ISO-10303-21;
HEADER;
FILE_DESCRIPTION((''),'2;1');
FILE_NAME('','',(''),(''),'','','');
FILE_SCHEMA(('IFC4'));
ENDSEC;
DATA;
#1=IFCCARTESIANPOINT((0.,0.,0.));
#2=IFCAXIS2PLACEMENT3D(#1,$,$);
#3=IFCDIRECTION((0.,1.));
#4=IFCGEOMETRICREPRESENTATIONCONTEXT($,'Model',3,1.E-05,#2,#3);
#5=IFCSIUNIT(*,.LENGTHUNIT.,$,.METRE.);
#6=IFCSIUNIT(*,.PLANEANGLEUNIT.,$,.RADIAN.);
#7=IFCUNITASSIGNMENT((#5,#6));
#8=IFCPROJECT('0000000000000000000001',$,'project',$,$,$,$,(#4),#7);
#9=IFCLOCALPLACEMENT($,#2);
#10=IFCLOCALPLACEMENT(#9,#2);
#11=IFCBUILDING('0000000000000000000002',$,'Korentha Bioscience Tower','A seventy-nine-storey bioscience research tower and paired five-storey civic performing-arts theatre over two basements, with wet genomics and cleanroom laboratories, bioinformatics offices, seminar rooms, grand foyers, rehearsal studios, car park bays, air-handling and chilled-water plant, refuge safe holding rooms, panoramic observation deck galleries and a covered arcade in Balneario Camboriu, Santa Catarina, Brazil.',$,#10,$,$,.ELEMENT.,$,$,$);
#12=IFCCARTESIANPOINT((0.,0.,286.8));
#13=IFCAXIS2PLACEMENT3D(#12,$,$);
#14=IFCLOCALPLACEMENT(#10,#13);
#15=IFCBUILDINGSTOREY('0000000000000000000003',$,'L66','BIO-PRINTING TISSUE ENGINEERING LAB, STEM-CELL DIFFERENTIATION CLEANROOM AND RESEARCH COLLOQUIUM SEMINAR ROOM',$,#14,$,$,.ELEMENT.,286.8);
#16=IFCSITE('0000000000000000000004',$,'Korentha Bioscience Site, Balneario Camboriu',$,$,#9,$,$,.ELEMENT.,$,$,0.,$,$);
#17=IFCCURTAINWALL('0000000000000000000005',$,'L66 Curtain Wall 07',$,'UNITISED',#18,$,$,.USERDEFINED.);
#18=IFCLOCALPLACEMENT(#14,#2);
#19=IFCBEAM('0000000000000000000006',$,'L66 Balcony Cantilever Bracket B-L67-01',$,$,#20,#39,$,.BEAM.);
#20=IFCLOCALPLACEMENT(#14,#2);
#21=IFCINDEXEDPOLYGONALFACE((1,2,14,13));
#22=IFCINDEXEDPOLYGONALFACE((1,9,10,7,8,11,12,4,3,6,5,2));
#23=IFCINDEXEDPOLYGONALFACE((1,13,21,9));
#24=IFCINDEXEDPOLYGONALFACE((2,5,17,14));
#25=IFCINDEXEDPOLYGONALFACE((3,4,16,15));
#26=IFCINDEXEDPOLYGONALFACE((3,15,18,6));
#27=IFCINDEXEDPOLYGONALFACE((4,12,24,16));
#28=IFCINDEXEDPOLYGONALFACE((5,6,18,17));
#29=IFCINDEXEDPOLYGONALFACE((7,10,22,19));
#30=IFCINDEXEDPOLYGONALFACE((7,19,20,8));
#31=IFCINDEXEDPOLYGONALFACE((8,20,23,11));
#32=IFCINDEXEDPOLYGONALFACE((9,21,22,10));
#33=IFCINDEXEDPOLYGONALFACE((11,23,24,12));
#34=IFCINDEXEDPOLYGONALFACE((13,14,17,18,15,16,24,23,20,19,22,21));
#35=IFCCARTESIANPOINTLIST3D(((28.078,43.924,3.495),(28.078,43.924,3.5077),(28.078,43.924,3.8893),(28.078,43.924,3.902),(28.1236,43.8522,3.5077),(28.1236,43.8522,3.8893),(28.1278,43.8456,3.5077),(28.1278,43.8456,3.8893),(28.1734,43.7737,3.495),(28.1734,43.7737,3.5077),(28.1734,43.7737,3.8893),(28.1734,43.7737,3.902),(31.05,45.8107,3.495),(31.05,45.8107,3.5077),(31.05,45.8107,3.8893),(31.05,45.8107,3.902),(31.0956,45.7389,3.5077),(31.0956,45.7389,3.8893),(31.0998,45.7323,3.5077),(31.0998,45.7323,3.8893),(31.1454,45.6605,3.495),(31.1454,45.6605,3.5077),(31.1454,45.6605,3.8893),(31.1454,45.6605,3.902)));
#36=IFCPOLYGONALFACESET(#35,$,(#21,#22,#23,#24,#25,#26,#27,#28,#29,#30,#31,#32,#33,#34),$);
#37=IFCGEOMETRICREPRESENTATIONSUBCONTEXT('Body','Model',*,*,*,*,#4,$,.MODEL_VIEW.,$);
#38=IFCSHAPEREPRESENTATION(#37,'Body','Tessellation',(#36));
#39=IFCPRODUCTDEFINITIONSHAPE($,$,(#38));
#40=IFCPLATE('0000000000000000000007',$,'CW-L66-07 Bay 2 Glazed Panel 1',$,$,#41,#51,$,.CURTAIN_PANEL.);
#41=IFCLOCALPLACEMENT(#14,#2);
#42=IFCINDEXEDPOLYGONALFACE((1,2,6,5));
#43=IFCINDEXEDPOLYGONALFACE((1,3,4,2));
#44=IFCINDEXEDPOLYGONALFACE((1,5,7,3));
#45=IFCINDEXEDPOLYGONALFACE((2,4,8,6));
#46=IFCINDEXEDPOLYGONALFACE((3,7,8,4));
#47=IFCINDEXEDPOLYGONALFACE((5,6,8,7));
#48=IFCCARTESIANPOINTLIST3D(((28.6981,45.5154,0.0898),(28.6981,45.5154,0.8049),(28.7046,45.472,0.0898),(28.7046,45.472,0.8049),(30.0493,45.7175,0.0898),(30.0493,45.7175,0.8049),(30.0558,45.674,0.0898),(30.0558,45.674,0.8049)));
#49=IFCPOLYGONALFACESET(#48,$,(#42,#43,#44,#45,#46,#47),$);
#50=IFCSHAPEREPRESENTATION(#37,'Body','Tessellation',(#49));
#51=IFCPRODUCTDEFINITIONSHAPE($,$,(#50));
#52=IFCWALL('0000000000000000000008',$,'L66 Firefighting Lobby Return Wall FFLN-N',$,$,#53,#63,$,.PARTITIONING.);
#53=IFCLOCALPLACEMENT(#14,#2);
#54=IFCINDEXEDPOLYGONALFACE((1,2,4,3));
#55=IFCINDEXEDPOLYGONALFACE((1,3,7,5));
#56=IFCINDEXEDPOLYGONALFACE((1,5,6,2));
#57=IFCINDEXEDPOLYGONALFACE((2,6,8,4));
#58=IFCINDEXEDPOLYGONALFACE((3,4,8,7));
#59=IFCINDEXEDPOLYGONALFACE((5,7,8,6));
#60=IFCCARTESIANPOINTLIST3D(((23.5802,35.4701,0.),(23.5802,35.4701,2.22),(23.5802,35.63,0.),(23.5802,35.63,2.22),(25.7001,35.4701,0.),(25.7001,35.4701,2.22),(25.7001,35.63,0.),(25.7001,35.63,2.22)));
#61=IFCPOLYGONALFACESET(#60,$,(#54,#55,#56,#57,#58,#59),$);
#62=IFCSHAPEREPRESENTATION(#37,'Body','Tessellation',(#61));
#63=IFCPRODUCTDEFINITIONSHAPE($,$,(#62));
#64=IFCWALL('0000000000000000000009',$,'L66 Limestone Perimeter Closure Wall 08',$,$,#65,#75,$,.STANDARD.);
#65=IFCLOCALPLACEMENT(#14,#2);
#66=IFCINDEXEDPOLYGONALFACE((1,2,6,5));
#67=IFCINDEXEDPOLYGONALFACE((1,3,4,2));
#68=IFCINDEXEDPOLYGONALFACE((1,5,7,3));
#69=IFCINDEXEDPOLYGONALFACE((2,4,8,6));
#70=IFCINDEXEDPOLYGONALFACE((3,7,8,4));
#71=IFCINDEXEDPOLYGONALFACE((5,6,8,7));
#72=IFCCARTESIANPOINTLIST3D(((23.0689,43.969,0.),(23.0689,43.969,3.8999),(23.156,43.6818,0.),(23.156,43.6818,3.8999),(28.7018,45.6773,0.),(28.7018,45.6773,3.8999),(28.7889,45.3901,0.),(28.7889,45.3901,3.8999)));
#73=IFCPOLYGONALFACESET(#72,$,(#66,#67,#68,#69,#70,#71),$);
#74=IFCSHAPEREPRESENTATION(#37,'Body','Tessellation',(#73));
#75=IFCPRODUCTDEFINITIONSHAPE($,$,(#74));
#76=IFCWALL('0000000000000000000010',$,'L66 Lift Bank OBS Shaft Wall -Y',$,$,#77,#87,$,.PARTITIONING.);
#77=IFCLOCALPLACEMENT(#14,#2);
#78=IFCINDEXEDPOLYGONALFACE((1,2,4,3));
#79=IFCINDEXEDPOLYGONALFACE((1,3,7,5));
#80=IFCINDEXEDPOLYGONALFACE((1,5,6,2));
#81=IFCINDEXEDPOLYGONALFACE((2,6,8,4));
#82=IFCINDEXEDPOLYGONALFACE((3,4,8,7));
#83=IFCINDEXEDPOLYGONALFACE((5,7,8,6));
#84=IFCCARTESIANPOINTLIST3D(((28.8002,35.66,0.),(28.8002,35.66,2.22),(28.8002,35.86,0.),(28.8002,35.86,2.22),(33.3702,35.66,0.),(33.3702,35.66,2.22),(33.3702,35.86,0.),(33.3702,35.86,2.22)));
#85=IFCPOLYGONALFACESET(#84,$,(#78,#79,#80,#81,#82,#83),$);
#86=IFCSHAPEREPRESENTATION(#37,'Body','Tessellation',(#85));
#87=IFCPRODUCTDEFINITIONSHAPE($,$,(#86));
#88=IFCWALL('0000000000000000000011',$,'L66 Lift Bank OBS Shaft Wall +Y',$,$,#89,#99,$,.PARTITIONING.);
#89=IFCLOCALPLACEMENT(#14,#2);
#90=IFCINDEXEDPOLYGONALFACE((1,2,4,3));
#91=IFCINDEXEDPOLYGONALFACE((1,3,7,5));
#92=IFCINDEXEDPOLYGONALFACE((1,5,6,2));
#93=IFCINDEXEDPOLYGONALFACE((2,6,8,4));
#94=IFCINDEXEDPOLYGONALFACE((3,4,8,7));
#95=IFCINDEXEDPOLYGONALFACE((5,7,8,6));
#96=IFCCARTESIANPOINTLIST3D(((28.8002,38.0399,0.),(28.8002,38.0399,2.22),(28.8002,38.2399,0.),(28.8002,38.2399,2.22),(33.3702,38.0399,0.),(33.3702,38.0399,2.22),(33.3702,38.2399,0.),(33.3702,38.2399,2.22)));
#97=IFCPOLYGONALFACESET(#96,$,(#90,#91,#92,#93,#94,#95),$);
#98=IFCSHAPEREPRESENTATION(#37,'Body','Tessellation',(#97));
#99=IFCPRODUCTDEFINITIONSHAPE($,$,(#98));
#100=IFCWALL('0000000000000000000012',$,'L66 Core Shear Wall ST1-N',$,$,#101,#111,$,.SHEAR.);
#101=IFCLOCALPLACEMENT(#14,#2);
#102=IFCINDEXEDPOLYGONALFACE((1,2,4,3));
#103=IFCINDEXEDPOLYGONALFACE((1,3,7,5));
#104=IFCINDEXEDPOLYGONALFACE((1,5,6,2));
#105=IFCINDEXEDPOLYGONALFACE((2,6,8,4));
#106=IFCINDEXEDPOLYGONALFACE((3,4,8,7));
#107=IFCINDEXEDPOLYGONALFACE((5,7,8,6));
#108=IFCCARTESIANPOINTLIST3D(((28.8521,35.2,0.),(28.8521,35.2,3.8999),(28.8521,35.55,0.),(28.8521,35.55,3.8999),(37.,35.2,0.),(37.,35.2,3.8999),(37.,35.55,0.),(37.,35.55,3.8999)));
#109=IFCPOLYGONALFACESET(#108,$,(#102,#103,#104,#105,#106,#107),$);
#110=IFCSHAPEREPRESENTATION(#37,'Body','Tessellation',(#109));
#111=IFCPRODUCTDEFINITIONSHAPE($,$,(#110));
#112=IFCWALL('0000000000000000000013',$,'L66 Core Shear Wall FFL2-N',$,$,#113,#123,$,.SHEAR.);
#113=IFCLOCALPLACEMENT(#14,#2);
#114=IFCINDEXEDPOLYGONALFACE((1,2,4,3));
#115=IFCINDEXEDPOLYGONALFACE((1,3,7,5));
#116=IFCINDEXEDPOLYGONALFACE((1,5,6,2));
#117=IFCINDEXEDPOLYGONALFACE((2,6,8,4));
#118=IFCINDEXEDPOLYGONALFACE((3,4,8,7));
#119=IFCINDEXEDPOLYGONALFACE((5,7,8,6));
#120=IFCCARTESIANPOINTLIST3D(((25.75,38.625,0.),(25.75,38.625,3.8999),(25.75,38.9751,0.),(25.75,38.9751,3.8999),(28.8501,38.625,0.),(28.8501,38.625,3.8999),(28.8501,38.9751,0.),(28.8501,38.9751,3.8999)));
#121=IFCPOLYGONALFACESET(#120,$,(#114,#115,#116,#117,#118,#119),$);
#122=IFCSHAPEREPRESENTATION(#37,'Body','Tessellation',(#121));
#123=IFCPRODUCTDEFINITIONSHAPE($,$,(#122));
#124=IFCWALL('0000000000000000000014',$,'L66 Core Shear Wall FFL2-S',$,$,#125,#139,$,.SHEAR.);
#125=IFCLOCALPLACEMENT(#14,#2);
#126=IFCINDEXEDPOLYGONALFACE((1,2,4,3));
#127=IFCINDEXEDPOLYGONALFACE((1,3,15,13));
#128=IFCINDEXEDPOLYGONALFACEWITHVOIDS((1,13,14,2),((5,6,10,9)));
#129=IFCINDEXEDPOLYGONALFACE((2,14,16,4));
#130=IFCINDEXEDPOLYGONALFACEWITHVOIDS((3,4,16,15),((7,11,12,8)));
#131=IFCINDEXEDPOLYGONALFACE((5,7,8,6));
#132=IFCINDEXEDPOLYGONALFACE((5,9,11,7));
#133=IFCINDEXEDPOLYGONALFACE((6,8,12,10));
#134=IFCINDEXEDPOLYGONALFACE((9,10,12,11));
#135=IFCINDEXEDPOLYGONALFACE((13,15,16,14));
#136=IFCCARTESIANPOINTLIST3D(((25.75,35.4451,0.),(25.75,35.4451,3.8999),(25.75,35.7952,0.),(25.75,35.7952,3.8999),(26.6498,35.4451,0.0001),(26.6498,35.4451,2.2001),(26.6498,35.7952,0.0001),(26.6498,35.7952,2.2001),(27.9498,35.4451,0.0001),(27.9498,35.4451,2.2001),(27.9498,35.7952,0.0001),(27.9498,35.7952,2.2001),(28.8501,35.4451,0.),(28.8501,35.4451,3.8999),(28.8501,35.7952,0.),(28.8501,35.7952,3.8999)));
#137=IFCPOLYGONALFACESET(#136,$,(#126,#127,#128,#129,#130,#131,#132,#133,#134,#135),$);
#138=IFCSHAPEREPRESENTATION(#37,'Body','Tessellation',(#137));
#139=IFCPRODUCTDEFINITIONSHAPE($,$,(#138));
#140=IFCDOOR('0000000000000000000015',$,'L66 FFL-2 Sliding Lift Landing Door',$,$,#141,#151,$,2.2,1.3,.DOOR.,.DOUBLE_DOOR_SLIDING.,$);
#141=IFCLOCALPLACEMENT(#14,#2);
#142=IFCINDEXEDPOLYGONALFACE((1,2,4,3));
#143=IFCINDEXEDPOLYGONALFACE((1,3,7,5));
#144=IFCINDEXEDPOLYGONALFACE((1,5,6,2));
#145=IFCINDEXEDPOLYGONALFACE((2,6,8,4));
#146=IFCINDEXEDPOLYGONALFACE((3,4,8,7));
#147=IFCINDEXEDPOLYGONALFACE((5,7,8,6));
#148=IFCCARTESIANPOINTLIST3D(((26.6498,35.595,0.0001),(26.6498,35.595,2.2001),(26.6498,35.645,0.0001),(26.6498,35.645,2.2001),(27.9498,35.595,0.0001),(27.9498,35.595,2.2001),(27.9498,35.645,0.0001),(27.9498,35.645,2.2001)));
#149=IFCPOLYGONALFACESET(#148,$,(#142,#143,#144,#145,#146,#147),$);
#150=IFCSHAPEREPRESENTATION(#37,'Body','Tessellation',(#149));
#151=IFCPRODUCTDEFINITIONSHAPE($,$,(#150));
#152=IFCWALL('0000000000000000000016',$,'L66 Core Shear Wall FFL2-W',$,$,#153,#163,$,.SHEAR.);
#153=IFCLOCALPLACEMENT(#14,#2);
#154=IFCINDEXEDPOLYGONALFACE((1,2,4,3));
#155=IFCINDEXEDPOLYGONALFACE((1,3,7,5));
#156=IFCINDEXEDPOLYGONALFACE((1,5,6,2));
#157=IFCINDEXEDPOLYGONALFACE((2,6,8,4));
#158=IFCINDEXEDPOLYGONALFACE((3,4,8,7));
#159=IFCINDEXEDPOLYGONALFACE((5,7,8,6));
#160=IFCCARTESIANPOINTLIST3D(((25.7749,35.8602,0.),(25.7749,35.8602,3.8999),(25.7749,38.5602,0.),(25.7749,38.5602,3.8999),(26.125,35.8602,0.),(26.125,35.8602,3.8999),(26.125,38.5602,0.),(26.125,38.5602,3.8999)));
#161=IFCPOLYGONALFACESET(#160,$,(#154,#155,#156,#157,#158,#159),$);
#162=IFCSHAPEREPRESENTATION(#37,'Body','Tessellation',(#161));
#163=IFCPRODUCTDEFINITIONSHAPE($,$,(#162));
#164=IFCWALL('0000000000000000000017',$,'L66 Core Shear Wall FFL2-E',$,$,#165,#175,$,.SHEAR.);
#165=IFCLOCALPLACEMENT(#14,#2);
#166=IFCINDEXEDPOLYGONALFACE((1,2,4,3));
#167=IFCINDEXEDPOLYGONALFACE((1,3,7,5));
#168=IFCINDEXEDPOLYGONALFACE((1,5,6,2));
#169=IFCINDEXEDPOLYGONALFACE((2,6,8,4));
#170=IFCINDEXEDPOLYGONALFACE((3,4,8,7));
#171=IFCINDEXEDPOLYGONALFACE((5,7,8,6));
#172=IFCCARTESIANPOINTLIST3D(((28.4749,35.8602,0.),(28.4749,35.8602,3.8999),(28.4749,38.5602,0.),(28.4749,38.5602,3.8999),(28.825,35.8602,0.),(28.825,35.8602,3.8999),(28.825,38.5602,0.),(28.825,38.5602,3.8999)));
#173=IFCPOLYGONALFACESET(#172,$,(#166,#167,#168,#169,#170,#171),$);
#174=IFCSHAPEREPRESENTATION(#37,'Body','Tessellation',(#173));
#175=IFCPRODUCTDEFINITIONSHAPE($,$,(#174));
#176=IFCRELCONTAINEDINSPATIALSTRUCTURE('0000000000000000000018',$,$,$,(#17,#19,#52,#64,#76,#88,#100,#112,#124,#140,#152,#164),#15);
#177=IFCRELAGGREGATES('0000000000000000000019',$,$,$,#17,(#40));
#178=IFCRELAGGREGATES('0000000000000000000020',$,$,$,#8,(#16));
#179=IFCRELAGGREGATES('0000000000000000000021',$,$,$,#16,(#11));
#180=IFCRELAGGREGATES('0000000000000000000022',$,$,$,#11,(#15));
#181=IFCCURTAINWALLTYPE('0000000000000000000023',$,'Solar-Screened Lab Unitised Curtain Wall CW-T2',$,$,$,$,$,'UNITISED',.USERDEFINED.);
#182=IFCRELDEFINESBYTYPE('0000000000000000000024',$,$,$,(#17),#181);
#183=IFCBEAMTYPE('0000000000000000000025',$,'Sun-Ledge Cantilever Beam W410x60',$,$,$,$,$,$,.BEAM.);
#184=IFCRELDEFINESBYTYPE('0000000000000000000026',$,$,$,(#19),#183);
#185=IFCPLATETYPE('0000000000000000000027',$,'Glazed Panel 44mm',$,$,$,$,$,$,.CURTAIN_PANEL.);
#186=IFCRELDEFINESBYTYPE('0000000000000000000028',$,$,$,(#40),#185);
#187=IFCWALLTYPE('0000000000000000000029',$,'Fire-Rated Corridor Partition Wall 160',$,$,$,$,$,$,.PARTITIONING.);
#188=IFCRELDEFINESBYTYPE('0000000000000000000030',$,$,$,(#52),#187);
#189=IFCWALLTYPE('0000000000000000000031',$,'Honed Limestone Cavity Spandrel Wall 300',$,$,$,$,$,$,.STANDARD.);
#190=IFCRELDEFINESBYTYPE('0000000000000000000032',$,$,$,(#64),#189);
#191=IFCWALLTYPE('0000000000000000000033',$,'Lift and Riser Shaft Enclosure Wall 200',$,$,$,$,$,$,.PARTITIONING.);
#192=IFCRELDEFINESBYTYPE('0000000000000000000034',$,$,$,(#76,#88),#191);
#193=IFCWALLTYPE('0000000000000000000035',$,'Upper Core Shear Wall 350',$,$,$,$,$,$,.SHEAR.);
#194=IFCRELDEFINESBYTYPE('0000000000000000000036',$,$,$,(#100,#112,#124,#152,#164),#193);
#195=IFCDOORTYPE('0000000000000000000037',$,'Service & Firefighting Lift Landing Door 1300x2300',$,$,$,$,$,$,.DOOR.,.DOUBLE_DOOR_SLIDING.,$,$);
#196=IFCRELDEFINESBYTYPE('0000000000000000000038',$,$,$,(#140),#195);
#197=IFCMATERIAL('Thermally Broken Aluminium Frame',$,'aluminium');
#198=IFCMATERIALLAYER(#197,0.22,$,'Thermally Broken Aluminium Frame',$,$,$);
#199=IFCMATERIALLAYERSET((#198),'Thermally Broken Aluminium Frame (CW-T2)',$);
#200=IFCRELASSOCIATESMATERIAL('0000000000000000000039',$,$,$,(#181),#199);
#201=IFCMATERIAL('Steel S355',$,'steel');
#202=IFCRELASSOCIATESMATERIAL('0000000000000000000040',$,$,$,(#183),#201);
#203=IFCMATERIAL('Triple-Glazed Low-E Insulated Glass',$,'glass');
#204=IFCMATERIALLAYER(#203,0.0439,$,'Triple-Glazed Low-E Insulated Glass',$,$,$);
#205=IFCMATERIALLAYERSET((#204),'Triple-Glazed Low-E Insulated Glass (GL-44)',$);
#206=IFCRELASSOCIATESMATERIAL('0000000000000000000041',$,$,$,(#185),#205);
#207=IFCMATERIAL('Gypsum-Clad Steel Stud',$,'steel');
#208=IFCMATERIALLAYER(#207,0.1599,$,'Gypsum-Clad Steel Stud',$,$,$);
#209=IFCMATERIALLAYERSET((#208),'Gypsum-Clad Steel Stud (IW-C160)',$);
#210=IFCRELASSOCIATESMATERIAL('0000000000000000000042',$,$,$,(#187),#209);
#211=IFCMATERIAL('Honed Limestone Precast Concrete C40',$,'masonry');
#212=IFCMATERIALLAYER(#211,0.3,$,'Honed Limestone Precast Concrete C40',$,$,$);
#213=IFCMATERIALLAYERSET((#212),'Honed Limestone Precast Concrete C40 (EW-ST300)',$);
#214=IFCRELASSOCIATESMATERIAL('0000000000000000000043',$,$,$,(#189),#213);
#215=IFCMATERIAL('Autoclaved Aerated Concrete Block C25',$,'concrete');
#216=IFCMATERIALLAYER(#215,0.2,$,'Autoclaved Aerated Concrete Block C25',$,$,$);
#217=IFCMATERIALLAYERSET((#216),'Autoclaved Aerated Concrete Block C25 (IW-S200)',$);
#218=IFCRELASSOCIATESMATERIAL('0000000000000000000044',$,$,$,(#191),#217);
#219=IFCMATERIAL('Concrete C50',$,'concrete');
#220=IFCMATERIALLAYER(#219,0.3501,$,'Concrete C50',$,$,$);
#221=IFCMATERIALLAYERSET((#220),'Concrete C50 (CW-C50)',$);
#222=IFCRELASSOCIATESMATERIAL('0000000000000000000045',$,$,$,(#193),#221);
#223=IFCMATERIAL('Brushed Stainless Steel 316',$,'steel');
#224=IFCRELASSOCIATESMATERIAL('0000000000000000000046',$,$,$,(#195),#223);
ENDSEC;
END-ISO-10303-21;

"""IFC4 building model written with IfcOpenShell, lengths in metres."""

from ifc_helpers import new_model, si_unit, direction, frame, frame_2d, origin, origin_2d, place, context, subcontext, project, spatial, rectangle, i_section, extrude, material, layer, layer_set, material_profile, profile_set, type_object, element, fill, aggregate, save


model = new_model("IFC4")

# Units and contexts
model_context = context("Model", 3, precision=1e-05, world=origin(), true_north=direction((0.0, 1.0)))
body_context = subcontext(model_context, "Body", "Model", "MODEL_VIEW")
ifc_project = project(units=[si_unit("LENGTHUNIT", "METRE"), si_unit("PLANEANGLEUNIT", "RADIAN")], contexts=[model_context])

# Site, building, storey
site_placement = place(None, origin())
site = spatial("IfcSite", under=ifc_project, at=site_placement, Name="Korentha Bioscience Site, Balneario Camboriu", CompositionType="ELEMENT", RefElevation=0.0)
building_placement = place(site_placement, origin())
building = spatial("IfcBuilding", under=site, at=building_placement, Name="Korentha Bioscience Tower", Description="A seventy-nine-storey bioscience research tower and paired five-storey civic performing-arts theatre over two basements, with wet genomics and cleanroom laboratories, bioinformatics offices, seminar rooms, grand foyers, rehearsal studios, car park bays, air-handling and chilled-water plant, refuge safe holding rooms, panoramic observation deck galleries and a covered arcade in Balneario Camboriu, Santa Catarina, Brazil.", CompositionType="ELEMENT")
storey_placement = place(building_placement, frame((0.0, 0.0, 286.8)))
storey = spatial("IfcBuildingStorey", under=building, at=storey_placement, Name="L66", Description="BIO-PRINTING TISSUE ENGINEERING LAB, STEM-CELL DIFFERENTIATION CLEANROOM AND RESEARCH COLLOQUIUM SEMINAR ROOM", CompositionType="ELEMENT", Elevation=286.8)

# Shared definitions
ifc_material_1 = material(Name="Concrete C50", Category="concrete")

# Shared definitions
ifc_material_2 = material(Name="Steel S355", Category="steel")

# Curtain wall
ifc_material_3 = material(Name="Thermally Broken Aluminium Frame", Category="aluminium")
ifc_layer_1 = layer(ifc_material_3, 0.22, Name="Thermally Broken Aluminium Frame")
ifc_layer_set_1 = layer_set([ifc_layer_1], Name="Thermally Broken Aluminium Frame (CW-T2)")
curtain_wall_type = type_object("IfcCurtainWallType", Name="Solar-Screened Lab Unitised Curtain Wall CW-T2", ElementType="UNITISED", PredefinedType="USERDEFINED", material=ifc_layer_set_1)
curtain_wall_placement = place(storey_placement, origin())
curtain_wall = element("IfcCurtainWall", 1, at=curtain_wall_placement, inside=storey, type_object=curtain_wall_type, Name="L66 Curtain Wall 07", ObjectType="UNITISED", PredefinedType="USERDEFINED")

# Beam
ifc_material_profile_1 = material_profile(ifc_material_2, i_section(OverallWidth=0.178, OverallDepth=0.407, WebThickness=0.0078, FlangeThickness=0.0127, at=origin_2d()), Name="Steel S355")
ifc_profile_set_1 = profile_set([ifc_material_profile_1], Name="Steel S355 (CB-410)")
beam_type_1 = type_object("IfcBeamType", Name="Sun-Ledge Cantilever Beam W410x60", PredefinedType="BEAM", material=ifc_profile_set_1)
beam_1_placement = place(storey_placement, frame((28.1257, 43.8489, 3.6985), z_axis=(0.844241, 0.535964, 0.0), x_axis=(-0.535964, 0.844241, 0.0)))
element("IfcBeam", 2, at=beam_1_placement, inside=storey, type_object=beam_type_1, Name="L66 Balcony Cantilever Bracket B-L67-01", PredefinedType="BEAM", context=body_context, shape_type="SweptSolid", body=[
    extrude(i_section(OverallWidth=0.178, OverallDepth=0.407, WebThickness=0.0078, FlangeThickness=0.0127, at=origin_2d()), origin(), (0.0, 0.0, 1.0), 3.5203),
])

# Plate
ifc_material_4 = material(Name="Triple-Glazed Low-E Insulated Glass", Category="glass")
ifc_layer_2 = layer(ifc_material_4, 0.0439, Name="Triple-Glazed Low-E Insulated Glass")
ifc_layer_set_2 = layer_set([ifc_layer_2], Name="Triple-Glazed Low-E Insulated Glass (GL-44)")
plate_type = type_object("IfcPlateType", Name="Glazed Panel 44mm", PredefinedType="CURTAIN_PANEL", material=ifc_layer_set_2)
plate_placement = place(storey_placement, frame((29.377, 45.5947, 0.0898), z_axis=(0.0, 0.0, 1.0), x_axis=(-0.989007, -0.147871, 0.0)))
plate = element("IfcPlate", 3, at=plate_placement, type_object=plate_type, Name="CW-L66-07 Bay 2 Glazed Panel 1", PredefinedType="CURTAIN_PANEL", context=body_context, shape_type="SweptSolid", body=[
    extrude(rectangle(XDim=1.3662, YDim=0.0439, at=origin_2d()), origin(), (0.0, 0.0, 1.0), 0.7151),
])
aggregate(curtain_wall, [plate])

# Walls
ifc_material_5 = material(Name="Gypsum-Clad Steel Stud", Category="steel")
ifc_layer_3 = layer(ifc_material_5, 0.1599, Name="Gypsum-Clad Steel Stud")
ifc_layer_set_3 = layer_set([ifc_layer_3], Name="Gypsum-Clad Steel Stud (IW-C160)")
wall_type_1 = type_object("IfcWallType", Name="Fire-Rated Corridor Partition Wall 160", PredefinedType="PARTITIONING", material=ifc_layer_set_3)
wall_1_placement = place(storey_placement, frame((23.5801, 35.55, 0.0), z_axis=(0.0, 0.0, 1.0), x_axis=(1.0, 0.0, 0.0)))
element("IfcWall", 4, at=wall_1_placement, inside=storey, type_object=wall_type_1, Name="L66 Firefighting Lobby Return Wall FFLN-N", PredefinedType="PARTITIONING", context=body_context, shape_type="SweptSolid", body=[
    extrude(rectangle(XDim=2.1199, YDim=0.1599, at=frame_2d((1.0601, 0.0))), origin(), (0.0, 0.0, 1.0), 2.22),
])
ifc_material_6 = material(Name="Honed Limestone Precast Concrete C40", Category="masonry")
ifc_layer_4 = layer(ifc_material_6, 0.3, Name="Honed Limestone Precast Concrete C40")
ifc_layer_set_4 = layer_set([ifc_layer_4], Name="Honed Limestone Precast Concrete C40 (EW-ST300)")
wall_type_2 = type_object("IfcWallType", Name="Honed Limestone Cavity Spandrel Wall 300", PredefinedType="STANDARD", material=ifc_layer_set_4)
wall_2_placement = place(storey_placement, frame((28.7454, 45.5337, 0.0), z_axis=(0.0, 0.0, 1.0), x_axis=(-0.956961, -0.290216, 0.0)))
element("IfcWall", 5, at=wall_2_placement, inside=storey, type_object=wall_type_2, Name="L66 Limestone Perimeter Closure Wall 08", PredefinedType="STANDARD", context=body_context, shape_type="SweptSolid", body=[
    extrude(rectangle(XDim=5.8862, YDim=0.3, at=frame_2d((2.9431, 0.0))), origin(), (0.0, 0.0, 1.0), 3.8999),
])
ifc_material_7 = material(Name="Autoclaved Aerated Concrete Block C25", Category="concrete")
ifc_layer_5 = layer(ifc_material_7, 0.2, Name="Autoclaved Aerated Concrete Block C25")
ifc_layer_set_5 = layer_set([ifc_layer_5], Name="Autoclaved Aerated Concrete Block C25 (IW-S200)")
wall_type_3 = type_object("IfcWallType", Name="Lift and Riser Shaft Enclosure Wall 200", PredefinedType="PARTITIONING", material=ifc_layer_set_5)
for number, where, z_axis, x_axis, name in (
    (6, (28.8, 35.76, 0.0), (0.0, 0.0, 1.0), (1.0, 0.0, 0.0), "L66 Lift Bank OBS Shaft Wall -Y"),
    (7, (28.8, 38.1399, 0.0), (0.0, 0.0, 1.0), (1.0, 0.0, 0.0), "L66 Lift Bank OBS Shaft Wall +Y"),
):
    element("IfcWall", number, at=place(storey_placement, frame(where, z_axis=z_axis, x_axis=x_axis)), inside=storey, type_object=wall_type_3, Name=name, PredefinedType="PARTITIONING", context=body_context, shape_type="SweptSolid", body=[
        extrude(rectangle(XDim=4.5701, YDim=0.2, at=frame_2d((2.2852, 0.0))), origin(), (0.0, 0.0, 1.0), 2.22),
    ])
ifc_layer_6 = layer(ifc_material_1, 0.3501, Name="Concrete C50")
ifc_layer_set_6 = layer_set([ifc_layer_6], Name="Concrete C50 (CW-C50)")
wall_type_4 = type_object("IfcWallType", Name="Upper Core Shear Wall 350", PredefinedType="SHEAR", material=ifc_layer_set_6)
wall_3_placement = place(storey_placement, frame((28.8521, 35.375, 0.0), z_axis=(0.0, 0.0, 1.0), x_axis=(1.0, 0.0, 0.0)))
element("IfcWall", 8, at=wall_3_placement, inside=storey, type_object=wall_type_4, Name="L66 Core Shear Wall ST1-N", PredefinedType="SHEAR", context=body_context, shape_type="SweptSolid", body=[
    extrude(rectangle(XDim=8.1479, YDim=0.3501, at=frame_2d((4.074, 0.0))), origin(), (0.0, 0.0, 1.0), 3.8999),
])
wall_4_placement = place(storey_placement, frame((25.75, 38.8, 0.0), z_axis=(0.0, 0.0, 1.0), x_axis=(1.0, 0.0, 0.0)))
element("IfcWall", 9, at=wall_4_placement, inside=storey, type_object=wall_type_4, Name="L66 Core Shear Wall FFL2-N", PredefinedType="SHEAR", context=body_context, shape_type="SweptSolid", body=[
    extrude(rectangle(XDim=3.1001, YDim=0.3501, at=frame_2d((1.55, 0.0))), origin(), (0.0, 0.0, 1.0), 3.8999),
])

# Wall, opening, door
wall_5_placement = place(storey_placement, frame((25.75, 35.6201, 0.0), z_axis=(0.0, 0.0, 1.0), x_axis=(1.0, 0.0, 0.0)))
wall_5 = element("IfcWall", 10, at=wall_5_placement, inside=storey, type_object=wall_type_4, Name="L66 Core Shear Wall FFL2-S", PredefinedType="SHEAR", context=body_context, shape_type="SweptSolid", body=[
    extrude(rectangle(XDim=3.1001, YDim=0.3501, at=frame_2d((1.55, 0.0))), origin(), (0.0, 0.0, 1.0), 3.8999),
])
opening_placement = place(wall_5_placement, frame((0.8999, 0.0, 0.0)))
opening = element("IfcOpeningElement", 11, at=opening_placement, cuts=wall_5, PredefinedType="OPENING", context=body_context, shape_type="SweptSolid", body=[
    extrude(rectangle(XDim=1.3, YDim=2.2, at=frame_2d((0.6499, 1.1001))), frame((0.0, 0.1899, 0.0), z_axis=(0.0, -1.0, 0.0), x_axis=(1.0, 0.0, 0.0)), (0.0, 0.0, 1.0), 0.3799),
])
ifc_material_8 = material(Name="Brushed Stainless Steel 316", Category="steel")
door_type = type_object("IfcDoorType", Name="Service & Firefighting Lift Landing Door 1300x2300", OperationType="DOUBLE_DOOR_SLIDING", PredefinedType="DOOR", material=ifc_material_8)
door_placement = place(opening_placement, origin())
door = element("IfcDoor", 12, at=door_placement, inside=storey, type_object=door_type, Name="L66 FFL-2 Sliding Lift Landing Door", OperationType="DOUBLE_DOOR_SLIDING", OverallHeight=2.2, OverallWidth=1.3, PredefinedType="DOOR", context=body_context, shape_type="SweptSolid", body=[
    extrude(rectangle(XDim=1.3, YDim=2.2, at=frame_2d((0.6499, 1.1001))), frame((0.0, 0.0249, 0.0), z_axis=(0.0, -1.0, 0.0), x_axis=(1.0, 0.0, 0.0)), (0.0, 0.0, 1.0), 0.05),
])
fill(opening, door)

# Walls
for number, where, z_axis, x_axis, name in (
    (13, (25.95, 35.8601, 0.0), (0.0, 0.0, 1.0), (0.0, 1.0, 0.0), "L66 Core Shear Wall FFL2-W"),
    (14, (28.6499, 35.8601, 0.0), (0.0, 0.0, 1.0), (0.0, 1.0, 0.0), "L66 Core Shear Wall FFL2-E"),
):
    element("IfcWall", number, at=place(storey_placement, frame(where, z_axis=z_axis, x_axis=x_axis)), inside=storey, type_object=wall_type_4, Name=name, PredefinedType="SHEAR", context=body_context, shape_type="SweptSolid", body=[
        extrude(rectangle(XDim=2.7, YDim=0.3501, at=frame_2d((1.3501, 0.0))), origin(), (0.0, 0.0, 1.0), 3.8999),
    ])

save(model, "model.ifc")
